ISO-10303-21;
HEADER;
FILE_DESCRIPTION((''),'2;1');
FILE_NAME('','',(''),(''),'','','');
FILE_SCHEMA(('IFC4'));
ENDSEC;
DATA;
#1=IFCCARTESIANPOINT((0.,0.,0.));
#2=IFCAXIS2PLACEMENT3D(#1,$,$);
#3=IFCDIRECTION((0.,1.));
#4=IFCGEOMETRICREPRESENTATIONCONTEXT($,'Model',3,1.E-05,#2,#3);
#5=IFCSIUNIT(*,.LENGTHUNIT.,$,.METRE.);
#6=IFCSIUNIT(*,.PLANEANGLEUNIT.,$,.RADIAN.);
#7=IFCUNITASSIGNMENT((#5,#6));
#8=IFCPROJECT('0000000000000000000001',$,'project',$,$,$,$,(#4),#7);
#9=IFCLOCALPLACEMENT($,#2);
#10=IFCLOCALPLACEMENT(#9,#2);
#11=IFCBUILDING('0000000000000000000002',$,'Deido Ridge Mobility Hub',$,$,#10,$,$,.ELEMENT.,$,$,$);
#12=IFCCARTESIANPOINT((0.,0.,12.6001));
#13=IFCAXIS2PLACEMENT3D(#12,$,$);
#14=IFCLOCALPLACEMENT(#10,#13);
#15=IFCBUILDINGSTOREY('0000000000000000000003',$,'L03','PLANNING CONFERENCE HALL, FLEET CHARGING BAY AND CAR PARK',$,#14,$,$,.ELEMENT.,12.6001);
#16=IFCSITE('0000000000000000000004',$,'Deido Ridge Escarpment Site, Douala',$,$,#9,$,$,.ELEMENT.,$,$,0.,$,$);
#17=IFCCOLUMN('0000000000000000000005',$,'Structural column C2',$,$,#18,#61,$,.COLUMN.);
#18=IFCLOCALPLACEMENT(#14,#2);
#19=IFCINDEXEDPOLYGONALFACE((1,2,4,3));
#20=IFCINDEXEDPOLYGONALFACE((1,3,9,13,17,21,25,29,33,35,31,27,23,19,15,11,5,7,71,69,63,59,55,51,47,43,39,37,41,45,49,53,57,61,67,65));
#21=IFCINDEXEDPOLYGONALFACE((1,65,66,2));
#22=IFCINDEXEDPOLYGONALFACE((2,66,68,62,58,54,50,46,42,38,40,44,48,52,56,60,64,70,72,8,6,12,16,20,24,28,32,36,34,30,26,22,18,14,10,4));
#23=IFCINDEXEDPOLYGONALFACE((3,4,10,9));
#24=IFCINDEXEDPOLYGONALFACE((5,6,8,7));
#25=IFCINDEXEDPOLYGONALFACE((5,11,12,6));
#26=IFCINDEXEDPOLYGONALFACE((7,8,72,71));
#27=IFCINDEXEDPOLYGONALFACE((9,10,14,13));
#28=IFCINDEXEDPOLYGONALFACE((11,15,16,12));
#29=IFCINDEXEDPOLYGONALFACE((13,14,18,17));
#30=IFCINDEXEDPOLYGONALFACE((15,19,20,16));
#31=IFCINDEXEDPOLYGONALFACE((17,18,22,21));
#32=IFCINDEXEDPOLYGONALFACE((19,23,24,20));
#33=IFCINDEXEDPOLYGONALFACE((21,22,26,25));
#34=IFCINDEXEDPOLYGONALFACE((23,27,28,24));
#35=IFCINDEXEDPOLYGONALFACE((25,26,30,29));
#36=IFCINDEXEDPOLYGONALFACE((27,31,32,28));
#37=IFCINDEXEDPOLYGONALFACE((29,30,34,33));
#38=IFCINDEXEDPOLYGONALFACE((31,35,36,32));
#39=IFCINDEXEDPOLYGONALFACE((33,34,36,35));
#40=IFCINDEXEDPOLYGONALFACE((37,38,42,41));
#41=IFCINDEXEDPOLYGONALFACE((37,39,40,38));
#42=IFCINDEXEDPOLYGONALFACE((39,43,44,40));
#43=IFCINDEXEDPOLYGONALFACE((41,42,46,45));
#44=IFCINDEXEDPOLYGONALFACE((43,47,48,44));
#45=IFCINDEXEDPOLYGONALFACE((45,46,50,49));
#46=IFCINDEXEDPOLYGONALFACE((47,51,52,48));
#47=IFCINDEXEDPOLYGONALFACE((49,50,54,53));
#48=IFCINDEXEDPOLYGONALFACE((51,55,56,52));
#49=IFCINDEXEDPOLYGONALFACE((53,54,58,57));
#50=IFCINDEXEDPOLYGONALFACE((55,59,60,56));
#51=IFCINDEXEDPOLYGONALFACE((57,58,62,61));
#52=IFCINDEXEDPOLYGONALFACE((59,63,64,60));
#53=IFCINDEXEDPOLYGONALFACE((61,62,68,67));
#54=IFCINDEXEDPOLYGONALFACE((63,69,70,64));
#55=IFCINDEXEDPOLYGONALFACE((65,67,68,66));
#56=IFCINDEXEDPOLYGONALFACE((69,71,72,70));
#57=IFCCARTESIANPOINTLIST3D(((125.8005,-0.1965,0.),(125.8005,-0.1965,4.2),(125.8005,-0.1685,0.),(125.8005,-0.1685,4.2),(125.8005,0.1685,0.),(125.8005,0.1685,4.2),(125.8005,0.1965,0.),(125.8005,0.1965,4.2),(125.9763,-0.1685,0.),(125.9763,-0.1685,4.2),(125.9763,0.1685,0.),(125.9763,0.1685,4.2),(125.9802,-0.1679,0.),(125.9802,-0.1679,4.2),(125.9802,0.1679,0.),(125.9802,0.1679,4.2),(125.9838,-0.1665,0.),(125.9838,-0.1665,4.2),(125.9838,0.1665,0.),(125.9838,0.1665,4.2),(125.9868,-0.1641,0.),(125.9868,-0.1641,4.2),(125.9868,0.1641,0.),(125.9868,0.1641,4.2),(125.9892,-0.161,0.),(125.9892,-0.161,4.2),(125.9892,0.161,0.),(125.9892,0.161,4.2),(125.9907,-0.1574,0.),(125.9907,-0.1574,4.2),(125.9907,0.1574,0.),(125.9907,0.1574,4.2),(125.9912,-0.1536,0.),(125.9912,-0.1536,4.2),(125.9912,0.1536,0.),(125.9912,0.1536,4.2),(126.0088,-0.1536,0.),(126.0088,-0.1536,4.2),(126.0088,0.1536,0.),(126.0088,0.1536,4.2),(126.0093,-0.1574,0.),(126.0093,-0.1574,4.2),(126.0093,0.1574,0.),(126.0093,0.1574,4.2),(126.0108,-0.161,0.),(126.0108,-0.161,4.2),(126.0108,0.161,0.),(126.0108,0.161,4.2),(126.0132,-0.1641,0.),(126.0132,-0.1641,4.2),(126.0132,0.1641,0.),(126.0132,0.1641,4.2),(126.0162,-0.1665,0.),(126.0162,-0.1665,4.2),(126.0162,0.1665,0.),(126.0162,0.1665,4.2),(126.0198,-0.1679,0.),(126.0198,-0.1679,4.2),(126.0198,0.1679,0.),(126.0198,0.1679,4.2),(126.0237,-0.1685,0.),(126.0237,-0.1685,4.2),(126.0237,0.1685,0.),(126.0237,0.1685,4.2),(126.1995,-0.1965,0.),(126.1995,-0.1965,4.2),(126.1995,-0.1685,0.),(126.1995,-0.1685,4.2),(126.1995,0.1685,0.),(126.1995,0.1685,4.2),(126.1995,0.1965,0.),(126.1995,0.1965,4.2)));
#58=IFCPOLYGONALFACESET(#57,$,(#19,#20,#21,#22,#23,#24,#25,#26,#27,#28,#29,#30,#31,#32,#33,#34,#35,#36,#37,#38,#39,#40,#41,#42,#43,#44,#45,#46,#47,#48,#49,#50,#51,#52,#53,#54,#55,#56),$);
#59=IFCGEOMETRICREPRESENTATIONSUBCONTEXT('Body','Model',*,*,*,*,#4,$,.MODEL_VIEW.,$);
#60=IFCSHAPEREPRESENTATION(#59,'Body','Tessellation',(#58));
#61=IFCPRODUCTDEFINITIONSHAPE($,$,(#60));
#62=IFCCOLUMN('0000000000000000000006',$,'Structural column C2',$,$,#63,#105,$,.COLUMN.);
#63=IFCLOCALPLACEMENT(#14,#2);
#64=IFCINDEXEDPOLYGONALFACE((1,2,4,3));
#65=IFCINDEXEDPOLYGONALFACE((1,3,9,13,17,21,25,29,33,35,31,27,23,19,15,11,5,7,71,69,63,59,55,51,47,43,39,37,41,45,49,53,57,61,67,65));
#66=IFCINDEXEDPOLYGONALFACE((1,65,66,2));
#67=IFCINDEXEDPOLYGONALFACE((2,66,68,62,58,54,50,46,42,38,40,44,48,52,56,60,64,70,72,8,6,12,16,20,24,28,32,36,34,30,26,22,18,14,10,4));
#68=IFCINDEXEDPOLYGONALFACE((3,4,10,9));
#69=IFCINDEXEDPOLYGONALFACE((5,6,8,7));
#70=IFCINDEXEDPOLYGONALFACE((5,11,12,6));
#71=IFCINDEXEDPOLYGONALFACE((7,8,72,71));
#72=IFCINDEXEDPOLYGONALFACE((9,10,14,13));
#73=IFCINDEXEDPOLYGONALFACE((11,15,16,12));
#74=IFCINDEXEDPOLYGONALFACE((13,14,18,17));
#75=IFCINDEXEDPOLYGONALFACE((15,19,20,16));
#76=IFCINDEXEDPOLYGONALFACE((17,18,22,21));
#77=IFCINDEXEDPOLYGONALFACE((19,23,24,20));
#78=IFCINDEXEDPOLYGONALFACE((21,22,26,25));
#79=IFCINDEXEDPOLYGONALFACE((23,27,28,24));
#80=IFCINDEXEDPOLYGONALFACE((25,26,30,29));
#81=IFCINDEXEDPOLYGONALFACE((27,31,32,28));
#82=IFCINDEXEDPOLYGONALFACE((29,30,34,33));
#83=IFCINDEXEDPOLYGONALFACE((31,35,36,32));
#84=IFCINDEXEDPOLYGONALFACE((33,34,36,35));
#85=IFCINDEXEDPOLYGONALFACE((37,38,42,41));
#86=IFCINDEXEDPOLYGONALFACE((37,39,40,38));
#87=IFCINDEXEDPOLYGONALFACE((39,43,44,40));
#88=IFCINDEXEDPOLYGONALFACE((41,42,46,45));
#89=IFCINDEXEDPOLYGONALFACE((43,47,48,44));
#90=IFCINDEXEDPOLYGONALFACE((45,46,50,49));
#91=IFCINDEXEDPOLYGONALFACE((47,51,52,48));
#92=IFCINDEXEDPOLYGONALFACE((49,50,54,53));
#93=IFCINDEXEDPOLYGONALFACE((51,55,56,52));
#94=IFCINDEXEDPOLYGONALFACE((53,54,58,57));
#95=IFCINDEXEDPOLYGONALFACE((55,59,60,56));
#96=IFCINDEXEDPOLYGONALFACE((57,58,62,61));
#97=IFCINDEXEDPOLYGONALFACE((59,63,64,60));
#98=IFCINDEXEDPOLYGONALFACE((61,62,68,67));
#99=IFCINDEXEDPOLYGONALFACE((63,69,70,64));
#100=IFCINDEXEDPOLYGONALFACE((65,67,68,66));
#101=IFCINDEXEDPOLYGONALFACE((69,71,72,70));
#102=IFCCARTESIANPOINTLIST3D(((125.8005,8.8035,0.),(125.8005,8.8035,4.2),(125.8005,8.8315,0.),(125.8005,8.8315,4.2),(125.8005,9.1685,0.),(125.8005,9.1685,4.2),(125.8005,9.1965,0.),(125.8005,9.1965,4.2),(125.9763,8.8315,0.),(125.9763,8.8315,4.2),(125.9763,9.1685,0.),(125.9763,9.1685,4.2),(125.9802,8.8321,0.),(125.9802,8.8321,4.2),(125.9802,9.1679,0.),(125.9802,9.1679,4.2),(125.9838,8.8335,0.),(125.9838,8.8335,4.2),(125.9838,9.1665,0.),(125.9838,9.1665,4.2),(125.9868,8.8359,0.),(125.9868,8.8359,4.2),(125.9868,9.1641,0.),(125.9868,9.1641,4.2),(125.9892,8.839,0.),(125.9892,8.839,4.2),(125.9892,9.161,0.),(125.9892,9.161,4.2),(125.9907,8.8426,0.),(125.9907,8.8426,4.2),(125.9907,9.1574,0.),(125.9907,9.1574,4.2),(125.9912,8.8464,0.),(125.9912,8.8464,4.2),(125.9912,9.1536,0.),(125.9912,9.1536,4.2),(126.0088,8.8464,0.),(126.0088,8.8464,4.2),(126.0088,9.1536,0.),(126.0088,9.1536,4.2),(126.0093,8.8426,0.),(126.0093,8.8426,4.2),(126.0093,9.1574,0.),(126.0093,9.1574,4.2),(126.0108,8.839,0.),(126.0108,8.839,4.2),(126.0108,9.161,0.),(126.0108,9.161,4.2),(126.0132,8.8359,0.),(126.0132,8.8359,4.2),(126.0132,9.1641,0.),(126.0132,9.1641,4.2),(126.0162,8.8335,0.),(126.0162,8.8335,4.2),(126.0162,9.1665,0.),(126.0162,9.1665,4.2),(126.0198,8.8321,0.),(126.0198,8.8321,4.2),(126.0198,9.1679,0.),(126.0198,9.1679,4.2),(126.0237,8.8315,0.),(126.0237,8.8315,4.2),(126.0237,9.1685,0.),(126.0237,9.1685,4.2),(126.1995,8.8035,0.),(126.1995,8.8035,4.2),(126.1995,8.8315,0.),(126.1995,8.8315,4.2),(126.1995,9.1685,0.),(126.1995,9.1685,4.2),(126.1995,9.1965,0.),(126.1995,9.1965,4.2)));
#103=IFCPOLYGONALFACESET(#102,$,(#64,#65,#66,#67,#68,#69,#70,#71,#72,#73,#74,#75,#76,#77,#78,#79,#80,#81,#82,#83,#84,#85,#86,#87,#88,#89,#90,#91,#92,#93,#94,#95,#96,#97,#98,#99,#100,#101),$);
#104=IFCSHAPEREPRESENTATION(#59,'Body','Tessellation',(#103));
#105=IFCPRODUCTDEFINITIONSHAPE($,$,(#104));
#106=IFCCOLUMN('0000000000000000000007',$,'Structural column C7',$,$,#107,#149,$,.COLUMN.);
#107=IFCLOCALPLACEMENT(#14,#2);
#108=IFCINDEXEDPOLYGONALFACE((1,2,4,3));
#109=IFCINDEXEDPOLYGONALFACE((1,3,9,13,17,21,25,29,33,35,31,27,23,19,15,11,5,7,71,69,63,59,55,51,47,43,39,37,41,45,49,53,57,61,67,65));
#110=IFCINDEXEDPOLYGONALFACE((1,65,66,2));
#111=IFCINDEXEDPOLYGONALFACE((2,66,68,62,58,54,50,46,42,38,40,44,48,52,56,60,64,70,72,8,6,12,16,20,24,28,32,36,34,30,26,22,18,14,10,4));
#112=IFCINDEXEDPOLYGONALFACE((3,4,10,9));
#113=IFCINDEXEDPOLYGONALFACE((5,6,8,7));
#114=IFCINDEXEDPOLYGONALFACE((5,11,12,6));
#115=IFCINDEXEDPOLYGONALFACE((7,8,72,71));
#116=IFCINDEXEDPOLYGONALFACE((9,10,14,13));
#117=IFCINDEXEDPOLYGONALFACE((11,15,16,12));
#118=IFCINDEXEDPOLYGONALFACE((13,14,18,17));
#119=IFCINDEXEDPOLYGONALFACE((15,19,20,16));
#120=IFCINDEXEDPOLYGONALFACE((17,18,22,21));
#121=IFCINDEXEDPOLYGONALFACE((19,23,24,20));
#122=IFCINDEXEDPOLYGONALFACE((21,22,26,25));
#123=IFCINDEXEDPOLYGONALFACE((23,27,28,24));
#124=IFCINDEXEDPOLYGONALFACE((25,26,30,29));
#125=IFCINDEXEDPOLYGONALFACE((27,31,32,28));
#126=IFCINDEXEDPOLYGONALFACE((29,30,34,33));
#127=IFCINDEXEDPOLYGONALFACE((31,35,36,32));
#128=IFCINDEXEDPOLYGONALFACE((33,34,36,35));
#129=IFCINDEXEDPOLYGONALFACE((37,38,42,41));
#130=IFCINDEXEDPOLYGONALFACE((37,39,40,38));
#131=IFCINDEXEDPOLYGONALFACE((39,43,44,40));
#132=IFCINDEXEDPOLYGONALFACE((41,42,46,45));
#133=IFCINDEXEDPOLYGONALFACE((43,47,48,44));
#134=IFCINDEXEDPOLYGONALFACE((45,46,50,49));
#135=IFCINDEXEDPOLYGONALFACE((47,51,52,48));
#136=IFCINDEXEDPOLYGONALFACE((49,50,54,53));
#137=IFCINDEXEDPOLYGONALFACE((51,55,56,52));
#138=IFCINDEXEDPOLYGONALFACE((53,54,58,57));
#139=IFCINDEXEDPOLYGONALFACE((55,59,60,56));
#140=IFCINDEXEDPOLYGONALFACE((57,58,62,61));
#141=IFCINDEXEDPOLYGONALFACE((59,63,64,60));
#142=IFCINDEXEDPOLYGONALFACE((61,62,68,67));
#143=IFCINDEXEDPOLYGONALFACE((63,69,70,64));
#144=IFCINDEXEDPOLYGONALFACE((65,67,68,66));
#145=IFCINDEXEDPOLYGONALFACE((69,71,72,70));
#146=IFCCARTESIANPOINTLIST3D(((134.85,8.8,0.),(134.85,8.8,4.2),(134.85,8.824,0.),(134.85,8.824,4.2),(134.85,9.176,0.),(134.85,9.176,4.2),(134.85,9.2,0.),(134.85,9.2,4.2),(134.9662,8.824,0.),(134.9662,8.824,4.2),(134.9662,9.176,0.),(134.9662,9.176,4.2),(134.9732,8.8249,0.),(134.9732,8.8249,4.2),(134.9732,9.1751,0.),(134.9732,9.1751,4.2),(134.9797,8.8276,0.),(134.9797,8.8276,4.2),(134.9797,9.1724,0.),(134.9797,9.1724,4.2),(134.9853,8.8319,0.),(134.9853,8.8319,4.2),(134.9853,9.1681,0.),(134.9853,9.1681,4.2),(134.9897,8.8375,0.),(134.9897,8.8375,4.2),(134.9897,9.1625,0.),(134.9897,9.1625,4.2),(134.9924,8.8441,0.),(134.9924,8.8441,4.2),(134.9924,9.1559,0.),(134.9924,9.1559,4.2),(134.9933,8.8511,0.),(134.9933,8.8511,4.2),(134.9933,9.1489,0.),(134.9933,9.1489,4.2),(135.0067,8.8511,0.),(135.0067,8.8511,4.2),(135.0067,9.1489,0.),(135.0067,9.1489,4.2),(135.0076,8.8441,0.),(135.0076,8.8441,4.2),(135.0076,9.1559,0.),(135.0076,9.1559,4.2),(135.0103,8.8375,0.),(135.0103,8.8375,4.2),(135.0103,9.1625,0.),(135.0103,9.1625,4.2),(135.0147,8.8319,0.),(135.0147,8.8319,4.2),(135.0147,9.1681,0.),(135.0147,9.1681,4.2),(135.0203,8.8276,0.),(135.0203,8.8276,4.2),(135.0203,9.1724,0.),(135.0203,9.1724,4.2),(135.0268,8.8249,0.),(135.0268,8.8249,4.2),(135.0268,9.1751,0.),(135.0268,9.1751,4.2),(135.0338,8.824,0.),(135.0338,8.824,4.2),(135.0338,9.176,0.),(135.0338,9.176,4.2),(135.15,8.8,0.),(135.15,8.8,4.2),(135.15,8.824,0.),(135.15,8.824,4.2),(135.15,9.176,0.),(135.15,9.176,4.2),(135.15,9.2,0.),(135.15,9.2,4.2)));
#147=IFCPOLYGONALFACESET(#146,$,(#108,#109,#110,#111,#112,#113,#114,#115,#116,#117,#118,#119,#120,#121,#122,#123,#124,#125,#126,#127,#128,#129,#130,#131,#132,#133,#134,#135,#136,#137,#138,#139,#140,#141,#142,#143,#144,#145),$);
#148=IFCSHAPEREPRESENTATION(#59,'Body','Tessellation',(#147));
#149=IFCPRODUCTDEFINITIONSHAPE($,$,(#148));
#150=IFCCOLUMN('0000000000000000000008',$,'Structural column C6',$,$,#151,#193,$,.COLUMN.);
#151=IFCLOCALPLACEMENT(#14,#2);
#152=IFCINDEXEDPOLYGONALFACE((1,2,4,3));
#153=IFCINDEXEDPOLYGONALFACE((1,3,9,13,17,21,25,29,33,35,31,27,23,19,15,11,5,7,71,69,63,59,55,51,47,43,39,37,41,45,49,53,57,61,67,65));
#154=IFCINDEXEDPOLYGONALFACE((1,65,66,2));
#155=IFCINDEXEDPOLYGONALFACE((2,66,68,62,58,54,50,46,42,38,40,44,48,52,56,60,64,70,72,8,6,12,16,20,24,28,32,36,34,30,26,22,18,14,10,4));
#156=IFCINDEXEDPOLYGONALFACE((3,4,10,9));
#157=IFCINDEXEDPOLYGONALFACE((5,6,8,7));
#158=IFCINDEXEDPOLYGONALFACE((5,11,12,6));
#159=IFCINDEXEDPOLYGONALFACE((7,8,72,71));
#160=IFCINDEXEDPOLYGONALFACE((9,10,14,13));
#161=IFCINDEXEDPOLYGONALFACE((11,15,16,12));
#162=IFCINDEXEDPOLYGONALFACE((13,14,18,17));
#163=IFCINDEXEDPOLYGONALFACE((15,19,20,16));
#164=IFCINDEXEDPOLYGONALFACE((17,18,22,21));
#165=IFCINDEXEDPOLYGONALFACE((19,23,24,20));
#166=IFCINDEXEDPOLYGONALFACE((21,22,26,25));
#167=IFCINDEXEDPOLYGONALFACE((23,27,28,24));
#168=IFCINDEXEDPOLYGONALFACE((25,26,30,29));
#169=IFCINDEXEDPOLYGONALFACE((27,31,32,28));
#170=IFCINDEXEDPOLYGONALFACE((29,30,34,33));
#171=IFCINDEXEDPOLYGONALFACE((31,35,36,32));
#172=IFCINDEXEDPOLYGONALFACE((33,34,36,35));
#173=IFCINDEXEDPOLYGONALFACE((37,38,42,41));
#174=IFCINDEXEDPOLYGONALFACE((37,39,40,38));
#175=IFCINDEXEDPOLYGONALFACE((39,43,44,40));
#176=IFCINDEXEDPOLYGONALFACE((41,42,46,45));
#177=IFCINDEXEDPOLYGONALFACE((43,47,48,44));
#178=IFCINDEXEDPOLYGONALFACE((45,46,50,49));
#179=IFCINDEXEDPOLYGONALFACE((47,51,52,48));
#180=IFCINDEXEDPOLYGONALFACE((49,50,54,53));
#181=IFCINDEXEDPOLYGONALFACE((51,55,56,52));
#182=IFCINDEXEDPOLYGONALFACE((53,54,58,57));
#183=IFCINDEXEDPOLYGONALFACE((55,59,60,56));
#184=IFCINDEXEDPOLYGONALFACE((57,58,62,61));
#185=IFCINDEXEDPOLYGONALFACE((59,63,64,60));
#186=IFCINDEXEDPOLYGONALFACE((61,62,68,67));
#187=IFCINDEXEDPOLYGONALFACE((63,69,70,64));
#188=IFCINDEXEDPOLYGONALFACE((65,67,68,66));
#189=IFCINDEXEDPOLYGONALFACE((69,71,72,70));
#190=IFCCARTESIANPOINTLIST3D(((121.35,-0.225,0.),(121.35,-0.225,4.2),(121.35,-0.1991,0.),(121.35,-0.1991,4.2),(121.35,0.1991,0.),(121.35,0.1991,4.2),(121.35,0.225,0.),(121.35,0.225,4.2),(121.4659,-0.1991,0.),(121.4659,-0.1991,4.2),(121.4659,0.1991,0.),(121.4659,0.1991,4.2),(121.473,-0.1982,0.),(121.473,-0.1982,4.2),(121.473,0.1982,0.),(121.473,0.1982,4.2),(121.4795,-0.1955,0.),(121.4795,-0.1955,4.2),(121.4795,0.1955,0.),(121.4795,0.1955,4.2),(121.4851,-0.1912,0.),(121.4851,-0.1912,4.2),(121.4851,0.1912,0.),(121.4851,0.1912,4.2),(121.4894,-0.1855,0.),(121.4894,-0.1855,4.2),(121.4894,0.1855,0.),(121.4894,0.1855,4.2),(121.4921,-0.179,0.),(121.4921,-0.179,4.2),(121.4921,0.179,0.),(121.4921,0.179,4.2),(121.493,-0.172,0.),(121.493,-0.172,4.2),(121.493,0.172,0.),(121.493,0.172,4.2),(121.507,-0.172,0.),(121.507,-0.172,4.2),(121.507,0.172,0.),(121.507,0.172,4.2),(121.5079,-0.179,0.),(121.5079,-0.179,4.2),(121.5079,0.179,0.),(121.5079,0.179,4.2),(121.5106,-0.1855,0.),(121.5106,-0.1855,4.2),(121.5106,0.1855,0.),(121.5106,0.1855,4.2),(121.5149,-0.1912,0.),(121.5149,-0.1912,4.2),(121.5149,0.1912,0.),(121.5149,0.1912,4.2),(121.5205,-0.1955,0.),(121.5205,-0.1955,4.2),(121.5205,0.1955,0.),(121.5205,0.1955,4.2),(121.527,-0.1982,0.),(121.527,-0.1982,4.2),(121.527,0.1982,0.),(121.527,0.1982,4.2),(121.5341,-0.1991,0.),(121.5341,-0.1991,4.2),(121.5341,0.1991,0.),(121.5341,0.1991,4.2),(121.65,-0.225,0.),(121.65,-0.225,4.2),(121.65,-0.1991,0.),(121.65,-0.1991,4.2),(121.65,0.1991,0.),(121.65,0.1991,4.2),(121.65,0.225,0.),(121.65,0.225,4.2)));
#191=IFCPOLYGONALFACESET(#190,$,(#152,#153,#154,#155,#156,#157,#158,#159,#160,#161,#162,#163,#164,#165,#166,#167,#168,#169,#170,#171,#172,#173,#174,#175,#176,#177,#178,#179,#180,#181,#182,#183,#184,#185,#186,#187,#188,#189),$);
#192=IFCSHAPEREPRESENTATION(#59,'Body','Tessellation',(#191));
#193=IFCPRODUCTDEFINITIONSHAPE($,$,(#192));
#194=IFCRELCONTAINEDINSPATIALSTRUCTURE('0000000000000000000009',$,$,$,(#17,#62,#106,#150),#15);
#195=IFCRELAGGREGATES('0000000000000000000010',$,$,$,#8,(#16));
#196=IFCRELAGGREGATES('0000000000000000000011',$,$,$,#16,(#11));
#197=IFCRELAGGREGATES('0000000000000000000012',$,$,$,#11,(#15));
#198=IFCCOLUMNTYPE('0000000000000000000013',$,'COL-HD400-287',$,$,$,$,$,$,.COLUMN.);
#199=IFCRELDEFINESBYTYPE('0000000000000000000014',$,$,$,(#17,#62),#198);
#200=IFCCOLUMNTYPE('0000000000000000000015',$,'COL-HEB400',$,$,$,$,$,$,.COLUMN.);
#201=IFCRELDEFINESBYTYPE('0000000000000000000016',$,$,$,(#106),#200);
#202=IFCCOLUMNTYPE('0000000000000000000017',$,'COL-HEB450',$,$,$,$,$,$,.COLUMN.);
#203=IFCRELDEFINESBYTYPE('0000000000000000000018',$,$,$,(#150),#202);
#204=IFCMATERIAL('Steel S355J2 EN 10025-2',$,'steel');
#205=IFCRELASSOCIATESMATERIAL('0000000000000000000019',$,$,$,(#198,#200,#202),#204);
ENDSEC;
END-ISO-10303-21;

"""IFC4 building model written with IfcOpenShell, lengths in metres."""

from ifc_helpers import new_model, si_unit, direction, frame, origin, origin_2d, place, context, subcontext, project, spatial, i_section, extrude, material, material_profile, profile_set, type_object, element, save


model = new_model("IFC4")

# Units and contexts
model_context = context("Model", 3, precision=1e-05, world=origin(), true_north=direction((0.0, 1.0)))
body_context = subcontext(model_context, "Body", "Model", "MODEL_VIEW")
ifc_project = project(units=[si_unit("LENGTHUNIT", "METRE"), si_unit("PLANEANGLEUNIT", "RADIAN")], contexts=[model_context])

# Site, building, storey
site_placement = place(None, origin())
site = spatial("IfcSite", under=ifc_project, at=site_placement, Name="Deido Ridge Escarpment Site, Douala", CompositionType="ELEMENT", RefElevation=0.0)
building_placement = place(site_placement, origin())
building = spatial("IfcBuilding", under=site, at=building_placement, Name="Deido Ridge Mobility Hub", CompositionType="ELEMENT")
storey_placement = place(building_placement, frame((0.0, 0.0, 12.6001)))
storey = spatial("IfcBuildingStorey", under=building, at=storey_placement, Name="L03", Description="PLANNING CONFERENCE HALL, FLEET CHARGING BAY AND CAR PARK", CompositionType="ELEMENT", Elevation=12.6001)

# Columns
ifc_material_1 = material(Name="Steel S355J2 EN 10025-2", Category="steel")
ifc_material_profile_1 = material_profile(ifc_material_1, i_section(OverallWidth=0.3989, OverallDepth=0.3931, WebThickness=0.0176, FlangeThickness=0.0281, FilletRadius=0.0149, at=origin_2d()), Name="HD 400x287")
ifc_profile_set_1 = profile_set([ifc_material_profile_1], Name="Steel S355J2 EN 10025-2")
column_type_1 = type_object("IfcColumnType", Name="COL-HD400-287", PredefinedType="COLUMN", material=ifc_profile_set_1)
for number, where, z_axis, x_axis, name in (
    (1, (126.0, 0.0, 0.0), (0.0, 0.0, 1.0), (1.0, 0.0, 0.0), "Structural column C2"),
    (2, (126.0, 9.0, 0.0), (0.0, 0.0, 1.0), (1.0, 0.0, 0.0), "Structural column C2"),
):
    element("IfcColumn", number, at=place(storey_placement, frame(where, z_axis=z_axis, x_axis=x_axis)), inside=storey, type_object=column_type_1, Name=name, PredefinedType="COLUMN", context=body_context, shape_type="SweptSolid", body=[
        extrude(i_section(OverallWidth=0.3989, OverallDepth=0.3931, WebThickness=0.0176, FlangeThickness=0.0281, FilletRadius=0.0149, at=origin_2d()), origin(), (0.0, 0.0, 1.0), 4.2),
    ])
ifc_material_profile_2 = material_profile(ifc_material_1, i_section(OverallWidth=0.3, OverallDepth=0.3999, WebThickness=0.0134, FlangeThickness=0.0239, FilletRadius=0.0271, at=origin_2d()), Name="HEB 400")
ifc_profile_set_2 = profile_set([ifc_material_profile_2], Name="Steel S355J2 EN 10025-2")
column_type_2 = type_object("IfcColumnType", Name="COL-HEB400", PredefinedType="COLUMN", material=ifc_profile_set_2)
column_placement = place(storey_placement, frame((135.0, 9.0, 0.0), z_axis=(0.0, 0.0, 1.0), x_axis=(1.0, 0.0, 0.0)))
element("IfcColumn", 3, at=column_placement, inside=storey, type_object=column_type_2, Name="Structural column C7", PredefinedType="COLUMN", context=body_context, shape_type="SweptSolid", body=[
    extrude(i_section(OverallWidth=0.3, OverallDepth=0.3999, WebThickness=0.0134, FlangeThickness=0.0239, FilletRadius=0.0271, at=origin_2d()), origin(), (0.0, 0.0, 1.0), 4.2),
])
ifc_material_profile_3 = material_profile(ifc_material_1, i_section(OverallWidth=0.3, OverallDepth=0.45, WebThickness=0.0139, FlangeThickness=0.0259, FilletRadius=0.0271, at=origin_2d()), Name="HEB 450")
ifc_profile_set_3 = profile_set([ifc_material_profile_3], Name="Steel S355J2 EN 10025-2")
column_type_3 = type_object("IfcColumnType", Name="COL-HEB450", PredefinedType="COLUMN", material=ifc_profile_set_3)
for number, where, z_axis, x_axis, name in (
    (4, (121.5, 0.0, 0.0), (0.0, 0.0, 1.0), (1.0, 0.0, 0.0), "Structural column C6"),
):
    element("IfcColumn", number, at=place(storey_placement, frame(where, z_axis=z_axis, x_axis=x_axis)), inside=storey, type_object=column_type_3, Name=name, PredefinedType="COLUMN", context=body_context, shape_type="SweptSolid", body=[
        extrude(i_section(OverallWidth=0.3, OverallDepth=0.45, WebThickness=0.0139, FlangeThickness=0.0259, FilletRadius=0.0271, at=origin_2d()), origin(), (0.0, 0.0, 1.0), 4.2),
    ])

save(model, "model.ifc")
